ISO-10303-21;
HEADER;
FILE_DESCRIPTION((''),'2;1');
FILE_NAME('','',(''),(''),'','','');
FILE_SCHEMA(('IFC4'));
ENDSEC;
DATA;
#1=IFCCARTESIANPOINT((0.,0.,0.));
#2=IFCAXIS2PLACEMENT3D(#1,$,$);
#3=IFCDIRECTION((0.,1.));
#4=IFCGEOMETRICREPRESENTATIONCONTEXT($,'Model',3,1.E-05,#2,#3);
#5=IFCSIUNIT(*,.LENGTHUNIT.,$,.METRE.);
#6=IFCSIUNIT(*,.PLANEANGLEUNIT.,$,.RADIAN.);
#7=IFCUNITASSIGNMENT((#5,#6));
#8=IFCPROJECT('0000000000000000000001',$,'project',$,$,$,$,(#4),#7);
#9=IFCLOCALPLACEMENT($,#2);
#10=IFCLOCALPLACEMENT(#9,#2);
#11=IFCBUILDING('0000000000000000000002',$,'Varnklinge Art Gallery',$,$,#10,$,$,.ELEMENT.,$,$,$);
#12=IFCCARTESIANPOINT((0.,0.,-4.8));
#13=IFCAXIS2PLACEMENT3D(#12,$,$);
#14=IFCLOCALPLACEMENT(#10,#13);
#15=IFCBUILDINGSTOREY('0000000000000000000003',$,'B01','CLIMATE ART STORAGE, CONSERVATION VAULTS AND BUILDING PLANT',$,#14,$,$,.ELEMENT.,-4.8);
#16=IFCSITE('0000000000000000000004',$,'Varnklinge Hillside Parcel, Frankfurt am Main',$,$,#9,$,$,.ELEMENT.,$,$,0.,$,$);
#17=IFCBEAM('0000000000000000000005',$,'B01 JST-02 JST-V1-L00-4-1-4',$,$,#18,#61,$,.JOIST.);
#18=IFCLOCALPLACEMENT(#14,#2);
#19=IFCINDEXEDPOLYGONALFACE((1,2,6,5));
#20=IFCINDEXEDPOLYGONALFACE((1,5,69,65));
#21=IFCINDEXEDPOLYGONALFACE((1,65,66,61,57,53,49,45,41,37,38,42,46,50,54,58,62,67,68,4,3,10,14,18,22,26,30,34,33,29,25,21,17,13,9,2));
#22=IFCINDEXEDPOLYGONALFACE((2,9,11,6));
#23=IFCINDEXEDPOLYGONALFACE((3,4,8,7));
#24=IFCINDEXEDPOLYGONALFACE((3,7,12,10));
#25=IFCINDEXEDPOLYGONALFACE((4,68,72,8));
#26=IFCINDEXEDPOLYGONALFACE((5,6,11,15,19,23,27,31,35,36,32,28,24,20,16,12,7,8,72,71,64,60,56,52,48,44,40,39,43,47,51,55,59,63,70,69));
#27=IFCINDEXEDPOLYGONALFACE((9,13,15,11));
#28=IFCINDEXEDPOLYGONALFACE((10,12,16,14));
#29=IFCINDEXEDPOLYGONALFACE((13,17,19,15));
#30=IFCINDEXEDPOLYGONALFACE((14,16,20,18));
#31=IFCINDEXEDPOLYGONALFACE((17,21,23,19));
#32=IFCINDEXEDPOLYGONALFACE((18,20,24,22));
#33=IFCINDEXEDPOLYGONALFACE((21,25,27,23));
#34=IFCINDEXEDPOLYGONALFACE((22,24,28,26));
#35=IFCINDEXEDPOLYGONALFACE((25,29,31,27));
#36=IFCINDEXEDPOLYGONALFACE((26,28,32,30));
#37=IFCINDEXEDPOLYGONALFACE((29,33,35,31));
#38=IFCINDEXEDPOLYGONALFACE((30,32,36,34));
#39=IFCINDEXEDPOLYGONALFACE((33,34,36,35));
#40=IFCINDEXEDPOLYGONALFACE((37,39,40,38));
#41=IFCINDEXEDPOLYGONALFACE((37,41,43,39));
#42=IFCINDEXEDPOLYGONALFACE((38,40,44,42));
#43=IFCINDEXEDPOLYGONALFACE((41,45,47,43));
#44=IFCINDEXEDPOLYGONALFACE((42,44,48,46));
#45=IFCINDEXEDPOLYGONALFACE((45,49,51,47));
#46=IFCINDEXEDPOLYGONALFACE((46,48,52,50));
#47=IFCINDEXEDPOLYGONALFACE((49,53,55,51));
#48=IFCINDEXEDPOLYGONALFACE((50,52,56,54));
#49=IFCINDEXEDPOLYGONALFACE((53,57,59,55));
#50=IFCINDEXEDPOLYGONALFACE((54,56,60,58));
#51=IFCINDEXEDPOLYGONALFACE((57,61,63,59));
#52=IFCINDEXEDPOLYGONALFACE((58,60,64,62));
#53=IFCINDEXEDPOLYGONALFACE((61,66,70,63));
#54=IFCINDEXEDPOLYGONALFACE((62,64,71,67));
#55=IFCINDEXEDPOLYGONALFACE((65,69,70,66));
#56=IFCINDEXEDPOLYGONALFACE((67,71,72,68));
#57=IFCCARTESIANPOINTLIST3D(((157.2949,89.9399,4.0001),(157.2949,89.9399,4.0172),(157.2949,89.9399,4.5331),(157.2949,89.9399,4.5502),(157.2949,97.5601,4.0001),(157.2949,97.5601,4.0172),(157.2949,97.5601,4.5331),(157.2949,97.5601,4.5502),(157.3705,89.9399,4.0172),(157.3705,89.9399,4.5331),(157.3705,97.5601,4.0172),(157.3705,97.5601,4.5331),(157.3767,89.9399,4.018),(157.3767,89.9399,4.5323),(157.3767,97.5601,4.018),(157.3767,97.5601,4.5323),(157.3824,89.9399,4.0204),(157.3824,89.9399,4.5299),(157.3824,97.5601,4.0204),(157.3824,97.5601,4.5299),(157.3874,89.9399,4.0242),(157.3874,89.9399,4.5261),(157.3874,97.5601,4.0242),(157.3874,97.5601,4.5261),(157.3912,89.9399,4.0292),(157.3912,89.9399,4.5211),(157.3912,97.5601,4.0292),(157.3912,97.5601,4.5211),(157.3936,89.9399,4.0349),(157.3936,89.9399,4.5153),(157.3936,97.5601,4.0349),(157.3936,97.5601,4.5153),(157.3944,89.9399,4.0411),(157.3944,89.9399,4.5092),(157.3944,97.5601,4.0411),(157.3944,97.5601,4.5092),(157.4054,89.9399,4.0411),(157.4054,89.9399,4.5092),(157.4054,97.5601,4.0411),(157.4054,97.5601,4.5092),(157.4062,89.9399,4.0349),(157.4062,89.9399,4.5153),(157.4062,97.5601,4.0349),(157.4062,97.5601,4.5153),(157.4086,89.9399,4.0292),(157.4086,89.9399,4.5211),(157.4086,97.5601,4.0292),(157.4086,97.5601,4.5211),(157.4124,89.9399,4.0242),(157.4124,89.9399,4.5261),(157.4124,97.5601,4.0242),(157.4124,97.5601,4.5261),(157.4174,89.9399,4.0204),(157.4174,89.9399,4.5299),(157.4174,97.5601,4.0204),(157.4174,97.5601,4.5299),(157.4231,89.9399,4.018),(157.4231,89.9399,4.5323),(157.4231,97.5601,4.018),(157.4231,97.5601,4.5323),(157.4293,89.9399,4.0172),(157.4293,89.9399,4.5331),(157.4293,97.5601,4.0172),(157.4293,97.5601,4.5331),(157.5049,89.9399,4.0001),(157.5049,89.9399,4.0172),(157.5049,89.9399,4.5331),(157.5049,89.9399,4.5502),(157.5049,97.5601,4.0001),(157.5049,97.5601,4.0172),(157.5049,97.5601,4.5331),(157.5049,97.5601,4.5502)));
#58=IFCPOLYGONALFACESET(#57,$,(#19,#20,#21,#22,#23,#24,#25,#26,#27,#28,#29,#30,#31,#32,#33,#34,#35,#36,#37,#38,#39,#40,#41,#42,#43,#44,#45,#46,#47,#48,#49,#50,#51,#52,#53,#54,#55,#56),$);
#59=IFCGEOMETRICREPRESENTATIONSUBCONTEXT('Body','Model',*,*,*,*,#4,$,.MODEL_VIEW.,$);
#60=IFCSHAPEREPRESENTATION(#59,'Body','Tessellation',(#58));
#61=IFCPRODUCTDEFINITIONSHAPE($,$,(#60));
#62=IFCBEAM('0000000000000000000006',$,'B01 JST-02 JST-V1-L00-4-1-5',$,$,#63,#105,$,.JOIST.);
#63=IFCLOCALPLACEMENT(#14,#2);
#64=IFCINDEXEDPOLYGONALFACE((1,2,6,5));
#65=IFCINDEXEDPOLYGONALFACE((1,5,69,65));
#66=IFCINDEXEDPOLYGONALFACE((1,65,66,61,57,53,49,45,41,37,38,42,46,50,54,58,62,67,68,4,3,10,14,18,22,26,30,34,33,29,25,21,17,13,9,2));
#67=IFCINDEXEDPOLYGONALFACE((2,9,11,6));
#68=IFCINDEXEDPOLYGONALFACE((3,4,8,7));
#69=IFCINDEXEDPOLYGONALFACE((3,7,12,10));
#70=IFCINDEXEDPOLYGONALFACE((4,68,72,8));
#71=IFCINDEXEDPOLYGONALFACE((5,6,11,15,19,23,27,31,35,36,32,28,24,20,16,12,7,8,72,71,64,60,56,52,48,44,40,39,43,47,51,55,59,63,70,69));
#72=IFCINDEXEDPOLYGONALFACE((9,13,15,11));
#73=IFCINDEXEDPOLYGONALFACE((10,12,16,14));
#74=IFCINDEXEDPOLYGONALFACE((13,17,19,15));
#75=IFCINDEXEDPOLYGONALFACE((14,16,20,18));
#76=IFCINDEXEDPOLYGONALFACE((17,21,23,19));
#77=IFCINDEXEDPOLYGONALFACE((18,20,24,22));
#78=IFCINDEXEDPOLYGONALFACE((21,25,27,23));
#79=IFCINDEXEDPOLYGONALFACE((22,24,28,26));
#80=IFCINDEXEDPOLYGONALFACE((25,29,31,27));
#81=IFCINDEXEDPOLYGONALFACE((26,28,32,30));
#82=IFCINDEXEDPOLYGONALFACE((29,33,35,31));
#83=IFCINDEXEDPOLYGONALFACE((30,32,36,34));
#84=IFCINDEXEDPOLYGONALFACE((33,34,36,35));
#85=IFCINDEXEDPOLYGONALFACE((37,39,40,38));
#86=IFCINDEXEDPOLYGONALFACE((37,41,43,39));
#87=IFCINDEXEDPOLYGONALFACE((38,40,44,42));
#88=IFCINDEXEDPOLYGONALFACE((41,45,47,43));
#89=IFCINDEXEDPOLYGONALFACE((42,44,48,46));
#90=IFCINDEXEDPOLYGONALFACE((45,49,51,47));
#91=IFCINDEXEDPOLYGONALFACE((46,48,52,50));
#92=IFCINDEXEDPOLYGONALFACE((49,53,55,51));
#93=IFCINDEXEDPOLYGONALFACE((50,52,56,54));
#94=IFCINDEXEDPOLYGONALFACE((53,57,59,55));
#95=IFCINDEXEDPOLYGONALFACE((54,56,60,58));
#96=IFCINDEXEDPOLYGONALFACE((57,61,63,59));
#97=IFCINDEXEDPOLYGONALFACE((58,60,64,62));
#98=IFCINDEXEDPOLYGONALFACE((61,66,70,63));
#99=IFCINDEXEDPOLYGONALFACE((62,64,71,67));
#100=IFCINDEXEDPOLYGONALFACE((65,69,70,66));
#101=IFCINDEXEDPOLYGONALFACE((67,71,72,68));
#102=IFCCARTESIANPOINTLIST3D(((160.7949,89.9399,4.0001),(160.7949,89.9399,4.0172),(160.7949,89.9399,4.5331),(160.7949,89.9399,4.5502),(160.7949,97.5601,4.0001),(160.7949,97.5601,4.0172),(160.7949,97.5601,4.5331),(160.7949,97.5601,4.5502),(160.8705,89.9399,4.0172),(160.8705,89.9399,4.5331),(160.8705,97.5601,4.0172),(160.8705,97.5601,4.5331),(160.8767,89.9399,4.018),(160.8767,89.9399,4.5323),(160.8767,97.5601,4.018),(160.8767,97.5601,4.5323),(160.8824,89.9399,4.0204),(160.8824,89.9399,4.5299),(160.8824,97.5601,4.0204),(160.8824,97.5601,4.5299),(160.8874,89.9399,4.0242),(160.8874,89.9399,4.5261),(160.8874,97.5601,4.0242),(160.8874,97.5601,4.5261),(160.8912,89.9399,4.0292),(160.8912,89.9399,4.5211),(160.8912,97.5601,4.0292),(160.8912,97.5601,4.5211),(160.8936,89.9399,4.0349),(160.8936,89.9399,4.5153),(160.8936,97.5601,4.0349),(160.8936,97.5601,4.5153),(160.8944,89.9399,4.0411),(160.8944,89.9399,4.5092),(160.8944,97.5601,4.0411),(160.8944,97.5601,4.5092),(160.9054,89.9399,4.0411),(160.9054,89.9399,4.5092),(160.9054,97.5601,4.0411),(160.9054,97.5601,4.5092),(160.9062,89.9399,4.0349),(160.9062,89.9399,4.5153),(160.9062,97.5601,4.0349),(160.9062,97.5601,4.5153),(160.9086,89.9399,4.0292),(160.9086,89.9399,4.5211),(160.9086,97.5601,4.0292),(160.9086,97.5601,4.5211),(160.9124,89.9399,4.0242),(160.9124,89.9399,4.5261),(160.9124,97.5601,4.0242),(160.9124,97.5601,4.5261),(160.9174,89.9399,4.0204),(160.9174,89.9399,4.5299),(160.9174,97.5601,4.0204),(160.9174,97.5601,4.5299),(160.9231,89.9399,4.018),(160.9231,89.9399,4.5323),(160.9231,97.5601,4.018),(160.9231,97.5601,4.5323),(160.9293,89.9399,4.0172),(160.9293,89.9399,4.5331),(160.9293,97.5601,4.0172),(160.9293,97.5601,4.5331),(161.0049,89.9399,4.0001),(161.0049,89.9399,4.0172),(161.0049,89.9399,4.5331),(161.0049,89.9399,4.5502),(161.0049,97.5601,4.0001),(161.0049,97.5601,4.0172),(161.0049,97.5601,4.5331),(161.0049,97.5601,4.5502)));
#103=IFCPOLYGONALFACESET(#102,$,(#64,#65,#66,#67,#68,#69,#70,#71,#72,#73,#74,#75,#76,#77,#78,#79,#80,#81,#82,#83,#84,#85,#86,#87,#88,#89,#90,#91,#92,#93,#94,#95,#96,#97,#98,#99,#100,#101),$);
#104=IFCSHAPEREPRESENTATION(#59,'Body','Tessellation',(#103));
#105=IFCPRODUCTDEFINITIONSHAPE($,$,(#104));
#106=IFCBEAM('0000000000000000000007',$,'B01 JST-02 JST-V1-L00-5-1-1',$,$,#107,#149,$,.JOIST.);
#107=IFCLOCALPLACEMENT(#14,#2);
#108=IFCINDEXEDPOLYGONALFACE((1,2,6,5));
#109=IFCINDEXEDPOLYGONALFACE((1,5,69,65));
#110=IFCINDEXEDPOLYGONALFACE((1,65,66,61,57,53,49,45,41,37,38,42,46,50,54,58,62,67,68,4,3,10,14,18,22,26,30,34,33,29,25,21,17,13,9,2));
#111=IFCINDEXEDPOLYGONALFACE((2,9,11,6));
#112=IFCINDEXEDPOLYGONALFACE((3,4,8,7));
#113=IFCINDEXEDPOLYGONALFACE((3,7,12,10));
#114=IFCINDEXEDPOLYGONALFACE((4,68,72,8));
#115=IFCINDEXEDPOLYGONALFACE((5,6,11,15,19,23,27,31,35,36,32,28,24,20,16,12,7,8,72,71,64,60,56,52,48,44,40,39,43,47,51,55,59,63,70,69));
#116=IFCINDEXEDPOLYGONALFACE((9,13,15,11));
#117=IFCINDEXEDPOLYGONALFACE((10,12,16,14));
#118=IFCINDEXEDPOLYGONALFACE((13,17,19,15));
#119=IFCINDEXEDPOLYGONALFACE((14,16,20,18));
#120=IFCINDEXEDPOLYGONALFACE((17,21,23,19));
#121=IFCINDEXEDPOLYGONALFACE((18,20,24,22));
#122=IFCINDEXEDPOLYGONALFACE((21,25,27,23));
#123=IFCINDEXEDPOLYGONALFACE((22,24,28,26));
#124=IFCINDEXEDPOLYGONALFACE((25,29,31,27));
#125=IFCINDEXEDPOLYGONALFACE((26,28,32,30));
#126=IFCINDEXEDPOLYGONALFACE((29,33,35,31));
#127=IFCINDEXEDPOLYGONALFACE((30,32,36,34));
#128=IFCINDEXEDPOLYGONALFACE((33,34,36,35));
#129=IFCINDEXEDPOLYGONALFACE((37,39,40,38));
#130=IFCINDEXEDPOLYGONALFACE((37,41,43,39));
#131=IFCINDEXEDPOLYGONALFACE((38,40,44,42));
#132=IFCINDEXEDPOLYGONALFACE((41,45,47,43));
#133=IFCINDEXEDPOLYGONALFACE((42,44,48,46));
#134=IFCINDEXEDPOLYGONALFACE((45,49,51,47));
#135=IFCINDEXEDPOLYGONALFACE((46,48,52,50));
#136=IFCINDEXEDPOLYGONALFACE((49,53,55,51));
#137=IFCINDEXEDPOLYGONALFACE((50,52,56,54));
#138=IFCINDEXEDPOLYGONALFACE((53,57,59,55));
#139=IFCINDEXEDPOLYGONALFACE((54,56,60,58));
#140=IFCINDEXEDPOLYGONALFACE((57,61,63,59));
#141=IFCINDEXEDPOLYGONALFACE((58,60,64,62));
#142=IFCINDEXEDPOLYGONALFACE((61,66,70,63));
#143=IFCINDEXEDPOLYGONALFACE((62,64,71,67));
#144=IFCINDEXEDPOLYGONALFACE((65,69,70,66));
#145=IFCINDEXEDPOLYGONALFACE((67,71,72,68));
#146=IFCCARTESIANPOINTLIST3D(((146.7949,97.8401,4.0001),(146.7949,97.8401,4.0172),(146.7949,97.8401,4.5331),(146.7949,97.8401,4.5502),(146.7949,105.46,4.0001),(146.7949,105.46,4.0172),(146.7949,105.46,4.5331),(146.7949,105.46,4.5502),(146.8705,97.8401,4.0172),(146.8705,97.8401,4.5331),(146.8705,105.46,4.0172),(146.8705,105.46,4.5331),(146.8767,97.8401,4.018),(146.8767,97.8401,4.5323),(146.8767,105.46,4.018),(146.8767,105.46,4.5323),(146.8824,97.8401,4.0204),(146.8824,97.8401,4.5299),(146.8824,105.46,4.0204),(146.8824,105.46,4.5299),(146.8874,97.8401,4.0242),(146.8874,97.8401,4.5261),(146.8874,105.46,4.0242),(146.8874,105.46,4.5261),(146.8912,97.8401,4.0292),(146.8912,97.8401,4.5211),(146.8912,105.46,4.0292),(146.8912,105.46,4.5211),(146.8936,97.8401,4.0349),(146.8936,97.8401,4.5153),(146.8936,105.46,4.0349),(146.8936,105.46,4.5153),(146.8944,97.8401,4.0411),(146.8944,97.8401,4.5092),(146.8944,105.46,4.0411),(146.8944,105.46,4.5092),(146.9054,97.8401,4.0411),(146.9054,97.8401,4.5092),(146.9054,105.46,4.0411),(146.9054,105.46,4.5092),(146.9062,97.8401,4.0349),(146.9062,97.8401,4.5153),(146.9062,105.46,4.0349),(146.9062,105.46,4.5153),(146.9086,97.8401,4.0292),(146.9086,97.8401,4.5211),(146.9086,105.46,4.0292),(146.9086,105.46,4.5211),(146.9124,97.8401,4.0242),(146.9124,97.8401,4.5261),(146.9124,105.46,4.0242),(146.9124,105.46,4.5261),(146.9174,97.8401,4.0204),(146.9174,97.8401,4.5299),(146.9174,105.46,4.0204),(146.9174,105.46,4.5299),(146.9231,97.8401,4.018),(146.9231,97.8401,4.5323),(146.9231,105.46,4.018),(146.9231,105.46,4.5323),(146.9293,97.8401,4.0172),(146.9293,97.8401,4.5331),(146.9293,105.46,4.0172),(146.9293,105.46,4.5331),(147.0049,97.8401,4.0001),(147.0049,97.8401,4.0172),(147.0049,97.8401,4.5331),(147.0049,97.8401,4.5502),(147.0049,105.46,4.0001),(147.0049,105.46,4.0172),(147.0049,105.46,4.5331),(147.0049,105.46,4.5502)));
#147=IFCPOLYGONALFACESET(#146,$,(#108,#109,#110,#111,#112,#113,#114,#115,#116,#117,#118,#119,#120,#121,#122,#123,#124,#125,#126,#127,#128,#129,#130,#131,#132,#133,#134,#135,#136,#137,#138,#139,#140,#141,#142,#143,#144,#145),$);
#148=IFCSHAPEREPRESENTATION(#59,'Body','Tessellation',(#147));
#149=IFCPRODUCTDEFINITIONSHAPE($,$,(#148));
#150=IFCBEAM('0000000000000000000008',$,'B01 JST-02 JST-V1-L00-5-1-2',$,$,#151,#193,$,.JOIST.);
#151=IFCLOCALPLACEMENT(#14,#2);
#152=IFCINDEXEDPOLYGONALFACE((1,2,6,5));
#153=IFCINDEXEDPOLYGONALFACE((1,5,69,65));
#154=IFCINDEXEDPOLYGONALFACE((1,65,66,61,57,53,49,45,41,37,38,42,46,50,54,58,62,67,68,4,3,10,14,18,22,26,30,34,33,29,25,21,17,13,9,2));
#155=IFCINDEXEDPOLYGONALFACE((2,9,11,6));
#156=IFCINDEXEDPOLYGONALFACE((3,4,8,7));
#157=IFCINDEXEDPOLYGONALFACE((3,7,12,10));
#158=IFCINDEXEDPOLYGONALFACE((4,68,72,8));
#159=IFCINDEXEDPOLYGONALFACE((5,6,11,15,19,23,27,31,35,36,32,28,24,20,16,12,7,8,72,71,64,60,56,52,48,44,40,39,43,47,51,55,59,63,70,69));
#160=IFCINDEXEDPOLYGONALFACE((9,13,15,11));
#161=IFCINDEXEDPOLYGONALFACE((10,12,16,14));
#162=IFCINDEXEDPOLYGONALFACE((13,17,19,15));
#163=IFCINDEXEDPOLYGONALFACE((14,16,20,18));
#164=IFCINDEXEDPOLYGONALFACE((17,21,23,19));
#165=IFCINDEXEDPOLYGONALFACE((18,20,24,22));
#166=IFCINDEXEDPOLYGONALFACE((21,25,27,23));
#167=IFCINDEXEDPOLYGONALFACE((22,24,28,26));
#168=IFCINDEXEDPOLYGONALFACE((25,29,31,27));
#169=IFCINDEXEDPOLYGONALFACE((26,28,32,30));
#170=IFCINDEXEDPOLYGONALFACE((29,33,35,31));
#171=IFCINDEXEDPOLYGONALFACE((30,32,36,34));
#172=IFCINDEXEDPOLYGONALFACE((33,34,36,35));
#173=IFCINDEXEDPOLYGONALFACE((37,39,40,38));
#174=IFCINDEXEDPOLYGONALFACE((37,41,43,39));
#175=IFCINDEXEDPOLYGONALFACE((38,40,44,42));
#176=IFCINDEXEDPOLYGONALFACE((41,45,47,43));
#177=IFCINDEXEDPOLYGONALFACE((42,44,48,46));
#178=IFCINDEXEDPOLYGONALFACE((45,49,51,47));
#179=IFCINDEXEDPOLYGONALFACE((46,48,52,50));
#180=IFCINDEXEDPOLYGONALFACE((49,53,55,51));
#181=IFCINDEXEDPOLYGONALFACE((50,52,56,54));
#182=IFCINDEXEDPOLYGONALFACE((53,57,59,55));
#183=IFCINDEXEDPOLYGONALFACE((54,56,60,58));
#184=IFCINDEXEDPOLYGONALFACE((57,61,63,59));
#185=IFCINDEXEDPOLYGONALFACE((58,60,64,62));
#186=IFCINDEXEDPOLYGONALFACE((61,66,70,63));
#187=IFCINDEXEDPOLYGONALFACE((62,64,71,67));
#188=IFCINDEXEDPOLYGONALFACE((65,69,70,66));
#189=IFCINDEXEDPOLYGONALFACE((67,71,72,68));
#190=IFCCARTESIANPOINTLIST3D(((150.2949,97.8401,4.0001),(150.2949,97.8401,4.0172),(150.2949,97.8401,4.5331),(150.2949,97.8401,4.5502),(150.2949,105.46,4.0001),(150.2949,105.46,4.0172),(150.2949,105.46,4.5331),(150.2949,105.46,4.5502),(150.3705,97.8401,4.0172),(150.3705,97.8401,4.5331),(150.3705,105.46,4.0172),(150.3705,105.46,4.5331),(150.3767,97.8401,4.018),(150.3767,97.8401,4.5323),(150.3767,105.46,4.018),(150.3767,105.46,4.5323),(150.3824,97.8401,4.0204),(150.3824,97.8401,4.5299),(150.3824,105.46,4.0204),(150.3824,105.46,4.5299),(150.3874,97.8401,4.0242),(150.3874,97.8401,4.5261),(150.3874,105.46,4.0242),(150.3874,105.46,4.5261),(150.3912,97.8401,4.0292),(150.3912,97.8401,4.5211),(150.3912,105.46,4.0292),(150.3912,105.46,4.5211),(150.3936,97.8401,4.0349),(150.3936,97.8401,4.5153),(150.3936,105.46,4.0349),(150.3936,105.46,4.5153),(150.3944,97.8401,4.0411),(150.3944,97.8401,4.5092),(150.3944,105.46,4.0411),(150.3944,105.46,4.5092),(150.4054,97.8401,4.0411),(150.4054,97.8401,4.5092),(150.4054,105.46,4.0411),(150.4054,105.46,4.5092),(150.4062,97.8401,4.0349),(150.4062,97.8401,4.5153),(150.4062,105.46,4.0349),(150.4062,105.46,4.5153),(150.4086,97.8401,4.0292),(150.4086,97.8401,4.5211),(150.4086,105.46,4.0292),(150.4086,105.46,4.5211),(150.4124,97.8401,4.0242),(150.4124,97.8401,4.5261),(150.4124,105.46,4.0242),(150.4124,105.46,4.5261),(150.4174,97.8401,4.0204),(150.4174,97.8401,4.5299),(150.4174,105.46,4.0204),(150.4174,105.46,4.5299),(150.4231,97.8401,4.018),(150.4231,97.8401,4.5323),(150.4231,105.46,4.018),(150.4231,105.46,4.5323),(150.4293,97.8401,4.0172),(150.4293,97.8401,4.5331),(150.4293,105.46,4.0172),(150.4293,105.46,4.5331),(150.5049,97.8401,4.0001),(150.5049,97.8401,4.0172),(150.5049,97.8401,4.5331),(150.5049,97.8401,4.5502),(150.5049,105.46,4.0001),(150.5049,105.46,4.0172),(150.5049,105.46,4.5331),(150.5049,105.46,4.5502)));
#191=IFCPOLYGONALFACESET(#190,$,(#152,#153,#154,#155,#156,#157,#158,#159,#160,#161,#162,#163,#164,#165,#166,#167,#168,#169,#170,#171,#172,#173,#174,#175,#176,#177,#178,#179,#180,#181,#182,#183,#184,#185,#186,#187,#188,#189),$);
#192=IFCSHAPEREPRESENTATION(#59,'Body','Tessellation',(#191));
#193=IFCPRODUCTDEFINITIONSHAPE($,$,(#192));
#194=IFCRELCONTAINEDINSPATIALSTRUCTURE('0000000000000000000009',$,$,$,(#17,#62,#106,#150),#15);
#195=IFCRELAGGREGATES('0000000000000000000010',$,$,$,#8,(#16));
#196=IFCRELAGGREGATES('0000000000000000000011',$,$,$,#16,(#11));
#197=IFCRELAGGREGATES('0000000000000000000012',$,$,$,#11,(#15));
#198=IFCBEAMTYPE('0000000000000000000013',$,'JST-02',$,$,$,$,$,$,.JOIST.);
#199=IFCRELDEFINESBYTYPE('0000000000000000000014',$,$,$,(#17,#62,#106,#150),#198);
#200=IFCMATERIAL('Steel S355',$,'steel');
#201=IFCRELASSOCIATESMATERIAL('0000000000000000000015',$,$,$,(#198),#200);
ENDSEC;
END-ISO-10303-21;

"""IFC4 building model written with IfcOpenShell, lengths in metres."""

from ifc_helpers import new_model, si_unit, direction, frame, origin, origin_2d, place, context, subcontext, project, spatial, i_section, extrude, material, material_profile, profile_set, type_object, element, save


model = new_model("IFC4")

# Units and contexts
model_context = context("Model", 3, precision=1e-05, world=origin(), true_north=direction((0.0, 1.0)))
body_context = subcontext(model_context, "Body", "Model", "MODEL_VIEW")
ifc_project = project(units=[si_unit("LENGTHUNIT", "METRE"), si_unit("PLANEANGLEUNIT", "RADIAN")], contexts=[model_context])

# Site, building, storey
site_placement = place(None, origin())
site = spatial("IfcSite", under=ifc_project, at=site_placement, Name="Varnklinge Hillside Parcel, Frankfurt am Main", CompositionType="ELEMENT", RefElevation=0.0)
building_placement = place(site_placement, origin())
building = spatial("IfcBuilding", under=site, at=building_placement, Name="Varnklinge Art Gallery", CompositionType="ELEMENT")
storey_placement = place(building_placement, frame((0.0, 0.0, -4.8)))
storey = spatial("IfcBuildingStorey", under=building, at=storey_placement, Name="B01", Description="CLIMATE ART STORAGE, CONSERVATION VAULTS AND BUILDING PLANT", CompositionType="ELEMENT", Elevation=-4.8)

# Beams
ifc_material_1 = material(Name="Steel S355", Category="steel")
ifc_material_profile_1 = material_profile(ifc_material_1, i_section(OverallWidth=0.21, OverallDepth=0.55, WebThickness=0.011, FlangeThickness=0.0171, FilletRadius=0.0239, at=origin_2d()), Name="IPE 550")
ifc_profile_set_1 = profile_set([ifc_material_profile_1], Name="Steel S355")
beam_type_1 = type_object("IfcBeamType", Name="JST-02", PredefinedType="JOIST", material=ifc_profile_set_1)
for number, where, z_axis, x_axis, name in (
    (1, (157.3999, 89.9399, 4.2751), (0.0, 1.0, 0.0), (-1.0, 0.0, 0.0), "B01 JST-02 JST-V1-L00-4-1-4"),
    (2, (160.8999, 89.9399, 4.2751), (0.0, 1.0, 0.0), (-1.0, 0.0, 0.0), "B01 JST-02 JST-V1-L00-4-1-5"),
):
    element("IfcBeam", number, at=place(storey_placement, frame(where, z_axis=z_axis, x_axis=x_axis)), inside=storey, type_object=beam_type_1, Name=name, PredefinedType="JOIST", context=body_context, shape_type="SweptSolid", body=[
        extrude(i_section(OverallWidth=0.21, OverallDepth=0.55, WebThickness=0.011, FlangeThickness=0.0171, FilletRadius=0.0239, at=origin_2d()), origin(), (0.0, 0.0, 1.0), 7.6201),
    ])
for number, where, z_axis, x_axis, name in (
    (3, (146.8999, 97.8401, 4.2751), (0.0, 1.0, 0.0), (-1.0, 0.0, 0.0), "B01 JST-02 JST-V1-L00-5-1-1"),
    (4, (150.3999, 97.8401, 4.2751), (0.0, 1.0, 0.0), (-1.0, 0.0, 0.0), "B01 JST-02 JST-V1-L00-5-1-2"),
):
    element("IfcBeam", number, at=place(storey_placement, frame(where, z_axis=z_axis, x_axis=x_axis)), inside=storey, type_object=beam_type_1, Name=name, PredefinedType="JOIST", context=body_context, shape_type="SweptSolid", body=[
        extrude(i_section(OverallWidth=0.21, OverallDepth=0.55, WebThickness=0.011, FlangeThickness=0.0171, FilletRadius=0.0239, at=origin_2d()), origin(), (0.0, 0.0, 1.0), 7.6199),
    ])

save(model, "model.ifc")
